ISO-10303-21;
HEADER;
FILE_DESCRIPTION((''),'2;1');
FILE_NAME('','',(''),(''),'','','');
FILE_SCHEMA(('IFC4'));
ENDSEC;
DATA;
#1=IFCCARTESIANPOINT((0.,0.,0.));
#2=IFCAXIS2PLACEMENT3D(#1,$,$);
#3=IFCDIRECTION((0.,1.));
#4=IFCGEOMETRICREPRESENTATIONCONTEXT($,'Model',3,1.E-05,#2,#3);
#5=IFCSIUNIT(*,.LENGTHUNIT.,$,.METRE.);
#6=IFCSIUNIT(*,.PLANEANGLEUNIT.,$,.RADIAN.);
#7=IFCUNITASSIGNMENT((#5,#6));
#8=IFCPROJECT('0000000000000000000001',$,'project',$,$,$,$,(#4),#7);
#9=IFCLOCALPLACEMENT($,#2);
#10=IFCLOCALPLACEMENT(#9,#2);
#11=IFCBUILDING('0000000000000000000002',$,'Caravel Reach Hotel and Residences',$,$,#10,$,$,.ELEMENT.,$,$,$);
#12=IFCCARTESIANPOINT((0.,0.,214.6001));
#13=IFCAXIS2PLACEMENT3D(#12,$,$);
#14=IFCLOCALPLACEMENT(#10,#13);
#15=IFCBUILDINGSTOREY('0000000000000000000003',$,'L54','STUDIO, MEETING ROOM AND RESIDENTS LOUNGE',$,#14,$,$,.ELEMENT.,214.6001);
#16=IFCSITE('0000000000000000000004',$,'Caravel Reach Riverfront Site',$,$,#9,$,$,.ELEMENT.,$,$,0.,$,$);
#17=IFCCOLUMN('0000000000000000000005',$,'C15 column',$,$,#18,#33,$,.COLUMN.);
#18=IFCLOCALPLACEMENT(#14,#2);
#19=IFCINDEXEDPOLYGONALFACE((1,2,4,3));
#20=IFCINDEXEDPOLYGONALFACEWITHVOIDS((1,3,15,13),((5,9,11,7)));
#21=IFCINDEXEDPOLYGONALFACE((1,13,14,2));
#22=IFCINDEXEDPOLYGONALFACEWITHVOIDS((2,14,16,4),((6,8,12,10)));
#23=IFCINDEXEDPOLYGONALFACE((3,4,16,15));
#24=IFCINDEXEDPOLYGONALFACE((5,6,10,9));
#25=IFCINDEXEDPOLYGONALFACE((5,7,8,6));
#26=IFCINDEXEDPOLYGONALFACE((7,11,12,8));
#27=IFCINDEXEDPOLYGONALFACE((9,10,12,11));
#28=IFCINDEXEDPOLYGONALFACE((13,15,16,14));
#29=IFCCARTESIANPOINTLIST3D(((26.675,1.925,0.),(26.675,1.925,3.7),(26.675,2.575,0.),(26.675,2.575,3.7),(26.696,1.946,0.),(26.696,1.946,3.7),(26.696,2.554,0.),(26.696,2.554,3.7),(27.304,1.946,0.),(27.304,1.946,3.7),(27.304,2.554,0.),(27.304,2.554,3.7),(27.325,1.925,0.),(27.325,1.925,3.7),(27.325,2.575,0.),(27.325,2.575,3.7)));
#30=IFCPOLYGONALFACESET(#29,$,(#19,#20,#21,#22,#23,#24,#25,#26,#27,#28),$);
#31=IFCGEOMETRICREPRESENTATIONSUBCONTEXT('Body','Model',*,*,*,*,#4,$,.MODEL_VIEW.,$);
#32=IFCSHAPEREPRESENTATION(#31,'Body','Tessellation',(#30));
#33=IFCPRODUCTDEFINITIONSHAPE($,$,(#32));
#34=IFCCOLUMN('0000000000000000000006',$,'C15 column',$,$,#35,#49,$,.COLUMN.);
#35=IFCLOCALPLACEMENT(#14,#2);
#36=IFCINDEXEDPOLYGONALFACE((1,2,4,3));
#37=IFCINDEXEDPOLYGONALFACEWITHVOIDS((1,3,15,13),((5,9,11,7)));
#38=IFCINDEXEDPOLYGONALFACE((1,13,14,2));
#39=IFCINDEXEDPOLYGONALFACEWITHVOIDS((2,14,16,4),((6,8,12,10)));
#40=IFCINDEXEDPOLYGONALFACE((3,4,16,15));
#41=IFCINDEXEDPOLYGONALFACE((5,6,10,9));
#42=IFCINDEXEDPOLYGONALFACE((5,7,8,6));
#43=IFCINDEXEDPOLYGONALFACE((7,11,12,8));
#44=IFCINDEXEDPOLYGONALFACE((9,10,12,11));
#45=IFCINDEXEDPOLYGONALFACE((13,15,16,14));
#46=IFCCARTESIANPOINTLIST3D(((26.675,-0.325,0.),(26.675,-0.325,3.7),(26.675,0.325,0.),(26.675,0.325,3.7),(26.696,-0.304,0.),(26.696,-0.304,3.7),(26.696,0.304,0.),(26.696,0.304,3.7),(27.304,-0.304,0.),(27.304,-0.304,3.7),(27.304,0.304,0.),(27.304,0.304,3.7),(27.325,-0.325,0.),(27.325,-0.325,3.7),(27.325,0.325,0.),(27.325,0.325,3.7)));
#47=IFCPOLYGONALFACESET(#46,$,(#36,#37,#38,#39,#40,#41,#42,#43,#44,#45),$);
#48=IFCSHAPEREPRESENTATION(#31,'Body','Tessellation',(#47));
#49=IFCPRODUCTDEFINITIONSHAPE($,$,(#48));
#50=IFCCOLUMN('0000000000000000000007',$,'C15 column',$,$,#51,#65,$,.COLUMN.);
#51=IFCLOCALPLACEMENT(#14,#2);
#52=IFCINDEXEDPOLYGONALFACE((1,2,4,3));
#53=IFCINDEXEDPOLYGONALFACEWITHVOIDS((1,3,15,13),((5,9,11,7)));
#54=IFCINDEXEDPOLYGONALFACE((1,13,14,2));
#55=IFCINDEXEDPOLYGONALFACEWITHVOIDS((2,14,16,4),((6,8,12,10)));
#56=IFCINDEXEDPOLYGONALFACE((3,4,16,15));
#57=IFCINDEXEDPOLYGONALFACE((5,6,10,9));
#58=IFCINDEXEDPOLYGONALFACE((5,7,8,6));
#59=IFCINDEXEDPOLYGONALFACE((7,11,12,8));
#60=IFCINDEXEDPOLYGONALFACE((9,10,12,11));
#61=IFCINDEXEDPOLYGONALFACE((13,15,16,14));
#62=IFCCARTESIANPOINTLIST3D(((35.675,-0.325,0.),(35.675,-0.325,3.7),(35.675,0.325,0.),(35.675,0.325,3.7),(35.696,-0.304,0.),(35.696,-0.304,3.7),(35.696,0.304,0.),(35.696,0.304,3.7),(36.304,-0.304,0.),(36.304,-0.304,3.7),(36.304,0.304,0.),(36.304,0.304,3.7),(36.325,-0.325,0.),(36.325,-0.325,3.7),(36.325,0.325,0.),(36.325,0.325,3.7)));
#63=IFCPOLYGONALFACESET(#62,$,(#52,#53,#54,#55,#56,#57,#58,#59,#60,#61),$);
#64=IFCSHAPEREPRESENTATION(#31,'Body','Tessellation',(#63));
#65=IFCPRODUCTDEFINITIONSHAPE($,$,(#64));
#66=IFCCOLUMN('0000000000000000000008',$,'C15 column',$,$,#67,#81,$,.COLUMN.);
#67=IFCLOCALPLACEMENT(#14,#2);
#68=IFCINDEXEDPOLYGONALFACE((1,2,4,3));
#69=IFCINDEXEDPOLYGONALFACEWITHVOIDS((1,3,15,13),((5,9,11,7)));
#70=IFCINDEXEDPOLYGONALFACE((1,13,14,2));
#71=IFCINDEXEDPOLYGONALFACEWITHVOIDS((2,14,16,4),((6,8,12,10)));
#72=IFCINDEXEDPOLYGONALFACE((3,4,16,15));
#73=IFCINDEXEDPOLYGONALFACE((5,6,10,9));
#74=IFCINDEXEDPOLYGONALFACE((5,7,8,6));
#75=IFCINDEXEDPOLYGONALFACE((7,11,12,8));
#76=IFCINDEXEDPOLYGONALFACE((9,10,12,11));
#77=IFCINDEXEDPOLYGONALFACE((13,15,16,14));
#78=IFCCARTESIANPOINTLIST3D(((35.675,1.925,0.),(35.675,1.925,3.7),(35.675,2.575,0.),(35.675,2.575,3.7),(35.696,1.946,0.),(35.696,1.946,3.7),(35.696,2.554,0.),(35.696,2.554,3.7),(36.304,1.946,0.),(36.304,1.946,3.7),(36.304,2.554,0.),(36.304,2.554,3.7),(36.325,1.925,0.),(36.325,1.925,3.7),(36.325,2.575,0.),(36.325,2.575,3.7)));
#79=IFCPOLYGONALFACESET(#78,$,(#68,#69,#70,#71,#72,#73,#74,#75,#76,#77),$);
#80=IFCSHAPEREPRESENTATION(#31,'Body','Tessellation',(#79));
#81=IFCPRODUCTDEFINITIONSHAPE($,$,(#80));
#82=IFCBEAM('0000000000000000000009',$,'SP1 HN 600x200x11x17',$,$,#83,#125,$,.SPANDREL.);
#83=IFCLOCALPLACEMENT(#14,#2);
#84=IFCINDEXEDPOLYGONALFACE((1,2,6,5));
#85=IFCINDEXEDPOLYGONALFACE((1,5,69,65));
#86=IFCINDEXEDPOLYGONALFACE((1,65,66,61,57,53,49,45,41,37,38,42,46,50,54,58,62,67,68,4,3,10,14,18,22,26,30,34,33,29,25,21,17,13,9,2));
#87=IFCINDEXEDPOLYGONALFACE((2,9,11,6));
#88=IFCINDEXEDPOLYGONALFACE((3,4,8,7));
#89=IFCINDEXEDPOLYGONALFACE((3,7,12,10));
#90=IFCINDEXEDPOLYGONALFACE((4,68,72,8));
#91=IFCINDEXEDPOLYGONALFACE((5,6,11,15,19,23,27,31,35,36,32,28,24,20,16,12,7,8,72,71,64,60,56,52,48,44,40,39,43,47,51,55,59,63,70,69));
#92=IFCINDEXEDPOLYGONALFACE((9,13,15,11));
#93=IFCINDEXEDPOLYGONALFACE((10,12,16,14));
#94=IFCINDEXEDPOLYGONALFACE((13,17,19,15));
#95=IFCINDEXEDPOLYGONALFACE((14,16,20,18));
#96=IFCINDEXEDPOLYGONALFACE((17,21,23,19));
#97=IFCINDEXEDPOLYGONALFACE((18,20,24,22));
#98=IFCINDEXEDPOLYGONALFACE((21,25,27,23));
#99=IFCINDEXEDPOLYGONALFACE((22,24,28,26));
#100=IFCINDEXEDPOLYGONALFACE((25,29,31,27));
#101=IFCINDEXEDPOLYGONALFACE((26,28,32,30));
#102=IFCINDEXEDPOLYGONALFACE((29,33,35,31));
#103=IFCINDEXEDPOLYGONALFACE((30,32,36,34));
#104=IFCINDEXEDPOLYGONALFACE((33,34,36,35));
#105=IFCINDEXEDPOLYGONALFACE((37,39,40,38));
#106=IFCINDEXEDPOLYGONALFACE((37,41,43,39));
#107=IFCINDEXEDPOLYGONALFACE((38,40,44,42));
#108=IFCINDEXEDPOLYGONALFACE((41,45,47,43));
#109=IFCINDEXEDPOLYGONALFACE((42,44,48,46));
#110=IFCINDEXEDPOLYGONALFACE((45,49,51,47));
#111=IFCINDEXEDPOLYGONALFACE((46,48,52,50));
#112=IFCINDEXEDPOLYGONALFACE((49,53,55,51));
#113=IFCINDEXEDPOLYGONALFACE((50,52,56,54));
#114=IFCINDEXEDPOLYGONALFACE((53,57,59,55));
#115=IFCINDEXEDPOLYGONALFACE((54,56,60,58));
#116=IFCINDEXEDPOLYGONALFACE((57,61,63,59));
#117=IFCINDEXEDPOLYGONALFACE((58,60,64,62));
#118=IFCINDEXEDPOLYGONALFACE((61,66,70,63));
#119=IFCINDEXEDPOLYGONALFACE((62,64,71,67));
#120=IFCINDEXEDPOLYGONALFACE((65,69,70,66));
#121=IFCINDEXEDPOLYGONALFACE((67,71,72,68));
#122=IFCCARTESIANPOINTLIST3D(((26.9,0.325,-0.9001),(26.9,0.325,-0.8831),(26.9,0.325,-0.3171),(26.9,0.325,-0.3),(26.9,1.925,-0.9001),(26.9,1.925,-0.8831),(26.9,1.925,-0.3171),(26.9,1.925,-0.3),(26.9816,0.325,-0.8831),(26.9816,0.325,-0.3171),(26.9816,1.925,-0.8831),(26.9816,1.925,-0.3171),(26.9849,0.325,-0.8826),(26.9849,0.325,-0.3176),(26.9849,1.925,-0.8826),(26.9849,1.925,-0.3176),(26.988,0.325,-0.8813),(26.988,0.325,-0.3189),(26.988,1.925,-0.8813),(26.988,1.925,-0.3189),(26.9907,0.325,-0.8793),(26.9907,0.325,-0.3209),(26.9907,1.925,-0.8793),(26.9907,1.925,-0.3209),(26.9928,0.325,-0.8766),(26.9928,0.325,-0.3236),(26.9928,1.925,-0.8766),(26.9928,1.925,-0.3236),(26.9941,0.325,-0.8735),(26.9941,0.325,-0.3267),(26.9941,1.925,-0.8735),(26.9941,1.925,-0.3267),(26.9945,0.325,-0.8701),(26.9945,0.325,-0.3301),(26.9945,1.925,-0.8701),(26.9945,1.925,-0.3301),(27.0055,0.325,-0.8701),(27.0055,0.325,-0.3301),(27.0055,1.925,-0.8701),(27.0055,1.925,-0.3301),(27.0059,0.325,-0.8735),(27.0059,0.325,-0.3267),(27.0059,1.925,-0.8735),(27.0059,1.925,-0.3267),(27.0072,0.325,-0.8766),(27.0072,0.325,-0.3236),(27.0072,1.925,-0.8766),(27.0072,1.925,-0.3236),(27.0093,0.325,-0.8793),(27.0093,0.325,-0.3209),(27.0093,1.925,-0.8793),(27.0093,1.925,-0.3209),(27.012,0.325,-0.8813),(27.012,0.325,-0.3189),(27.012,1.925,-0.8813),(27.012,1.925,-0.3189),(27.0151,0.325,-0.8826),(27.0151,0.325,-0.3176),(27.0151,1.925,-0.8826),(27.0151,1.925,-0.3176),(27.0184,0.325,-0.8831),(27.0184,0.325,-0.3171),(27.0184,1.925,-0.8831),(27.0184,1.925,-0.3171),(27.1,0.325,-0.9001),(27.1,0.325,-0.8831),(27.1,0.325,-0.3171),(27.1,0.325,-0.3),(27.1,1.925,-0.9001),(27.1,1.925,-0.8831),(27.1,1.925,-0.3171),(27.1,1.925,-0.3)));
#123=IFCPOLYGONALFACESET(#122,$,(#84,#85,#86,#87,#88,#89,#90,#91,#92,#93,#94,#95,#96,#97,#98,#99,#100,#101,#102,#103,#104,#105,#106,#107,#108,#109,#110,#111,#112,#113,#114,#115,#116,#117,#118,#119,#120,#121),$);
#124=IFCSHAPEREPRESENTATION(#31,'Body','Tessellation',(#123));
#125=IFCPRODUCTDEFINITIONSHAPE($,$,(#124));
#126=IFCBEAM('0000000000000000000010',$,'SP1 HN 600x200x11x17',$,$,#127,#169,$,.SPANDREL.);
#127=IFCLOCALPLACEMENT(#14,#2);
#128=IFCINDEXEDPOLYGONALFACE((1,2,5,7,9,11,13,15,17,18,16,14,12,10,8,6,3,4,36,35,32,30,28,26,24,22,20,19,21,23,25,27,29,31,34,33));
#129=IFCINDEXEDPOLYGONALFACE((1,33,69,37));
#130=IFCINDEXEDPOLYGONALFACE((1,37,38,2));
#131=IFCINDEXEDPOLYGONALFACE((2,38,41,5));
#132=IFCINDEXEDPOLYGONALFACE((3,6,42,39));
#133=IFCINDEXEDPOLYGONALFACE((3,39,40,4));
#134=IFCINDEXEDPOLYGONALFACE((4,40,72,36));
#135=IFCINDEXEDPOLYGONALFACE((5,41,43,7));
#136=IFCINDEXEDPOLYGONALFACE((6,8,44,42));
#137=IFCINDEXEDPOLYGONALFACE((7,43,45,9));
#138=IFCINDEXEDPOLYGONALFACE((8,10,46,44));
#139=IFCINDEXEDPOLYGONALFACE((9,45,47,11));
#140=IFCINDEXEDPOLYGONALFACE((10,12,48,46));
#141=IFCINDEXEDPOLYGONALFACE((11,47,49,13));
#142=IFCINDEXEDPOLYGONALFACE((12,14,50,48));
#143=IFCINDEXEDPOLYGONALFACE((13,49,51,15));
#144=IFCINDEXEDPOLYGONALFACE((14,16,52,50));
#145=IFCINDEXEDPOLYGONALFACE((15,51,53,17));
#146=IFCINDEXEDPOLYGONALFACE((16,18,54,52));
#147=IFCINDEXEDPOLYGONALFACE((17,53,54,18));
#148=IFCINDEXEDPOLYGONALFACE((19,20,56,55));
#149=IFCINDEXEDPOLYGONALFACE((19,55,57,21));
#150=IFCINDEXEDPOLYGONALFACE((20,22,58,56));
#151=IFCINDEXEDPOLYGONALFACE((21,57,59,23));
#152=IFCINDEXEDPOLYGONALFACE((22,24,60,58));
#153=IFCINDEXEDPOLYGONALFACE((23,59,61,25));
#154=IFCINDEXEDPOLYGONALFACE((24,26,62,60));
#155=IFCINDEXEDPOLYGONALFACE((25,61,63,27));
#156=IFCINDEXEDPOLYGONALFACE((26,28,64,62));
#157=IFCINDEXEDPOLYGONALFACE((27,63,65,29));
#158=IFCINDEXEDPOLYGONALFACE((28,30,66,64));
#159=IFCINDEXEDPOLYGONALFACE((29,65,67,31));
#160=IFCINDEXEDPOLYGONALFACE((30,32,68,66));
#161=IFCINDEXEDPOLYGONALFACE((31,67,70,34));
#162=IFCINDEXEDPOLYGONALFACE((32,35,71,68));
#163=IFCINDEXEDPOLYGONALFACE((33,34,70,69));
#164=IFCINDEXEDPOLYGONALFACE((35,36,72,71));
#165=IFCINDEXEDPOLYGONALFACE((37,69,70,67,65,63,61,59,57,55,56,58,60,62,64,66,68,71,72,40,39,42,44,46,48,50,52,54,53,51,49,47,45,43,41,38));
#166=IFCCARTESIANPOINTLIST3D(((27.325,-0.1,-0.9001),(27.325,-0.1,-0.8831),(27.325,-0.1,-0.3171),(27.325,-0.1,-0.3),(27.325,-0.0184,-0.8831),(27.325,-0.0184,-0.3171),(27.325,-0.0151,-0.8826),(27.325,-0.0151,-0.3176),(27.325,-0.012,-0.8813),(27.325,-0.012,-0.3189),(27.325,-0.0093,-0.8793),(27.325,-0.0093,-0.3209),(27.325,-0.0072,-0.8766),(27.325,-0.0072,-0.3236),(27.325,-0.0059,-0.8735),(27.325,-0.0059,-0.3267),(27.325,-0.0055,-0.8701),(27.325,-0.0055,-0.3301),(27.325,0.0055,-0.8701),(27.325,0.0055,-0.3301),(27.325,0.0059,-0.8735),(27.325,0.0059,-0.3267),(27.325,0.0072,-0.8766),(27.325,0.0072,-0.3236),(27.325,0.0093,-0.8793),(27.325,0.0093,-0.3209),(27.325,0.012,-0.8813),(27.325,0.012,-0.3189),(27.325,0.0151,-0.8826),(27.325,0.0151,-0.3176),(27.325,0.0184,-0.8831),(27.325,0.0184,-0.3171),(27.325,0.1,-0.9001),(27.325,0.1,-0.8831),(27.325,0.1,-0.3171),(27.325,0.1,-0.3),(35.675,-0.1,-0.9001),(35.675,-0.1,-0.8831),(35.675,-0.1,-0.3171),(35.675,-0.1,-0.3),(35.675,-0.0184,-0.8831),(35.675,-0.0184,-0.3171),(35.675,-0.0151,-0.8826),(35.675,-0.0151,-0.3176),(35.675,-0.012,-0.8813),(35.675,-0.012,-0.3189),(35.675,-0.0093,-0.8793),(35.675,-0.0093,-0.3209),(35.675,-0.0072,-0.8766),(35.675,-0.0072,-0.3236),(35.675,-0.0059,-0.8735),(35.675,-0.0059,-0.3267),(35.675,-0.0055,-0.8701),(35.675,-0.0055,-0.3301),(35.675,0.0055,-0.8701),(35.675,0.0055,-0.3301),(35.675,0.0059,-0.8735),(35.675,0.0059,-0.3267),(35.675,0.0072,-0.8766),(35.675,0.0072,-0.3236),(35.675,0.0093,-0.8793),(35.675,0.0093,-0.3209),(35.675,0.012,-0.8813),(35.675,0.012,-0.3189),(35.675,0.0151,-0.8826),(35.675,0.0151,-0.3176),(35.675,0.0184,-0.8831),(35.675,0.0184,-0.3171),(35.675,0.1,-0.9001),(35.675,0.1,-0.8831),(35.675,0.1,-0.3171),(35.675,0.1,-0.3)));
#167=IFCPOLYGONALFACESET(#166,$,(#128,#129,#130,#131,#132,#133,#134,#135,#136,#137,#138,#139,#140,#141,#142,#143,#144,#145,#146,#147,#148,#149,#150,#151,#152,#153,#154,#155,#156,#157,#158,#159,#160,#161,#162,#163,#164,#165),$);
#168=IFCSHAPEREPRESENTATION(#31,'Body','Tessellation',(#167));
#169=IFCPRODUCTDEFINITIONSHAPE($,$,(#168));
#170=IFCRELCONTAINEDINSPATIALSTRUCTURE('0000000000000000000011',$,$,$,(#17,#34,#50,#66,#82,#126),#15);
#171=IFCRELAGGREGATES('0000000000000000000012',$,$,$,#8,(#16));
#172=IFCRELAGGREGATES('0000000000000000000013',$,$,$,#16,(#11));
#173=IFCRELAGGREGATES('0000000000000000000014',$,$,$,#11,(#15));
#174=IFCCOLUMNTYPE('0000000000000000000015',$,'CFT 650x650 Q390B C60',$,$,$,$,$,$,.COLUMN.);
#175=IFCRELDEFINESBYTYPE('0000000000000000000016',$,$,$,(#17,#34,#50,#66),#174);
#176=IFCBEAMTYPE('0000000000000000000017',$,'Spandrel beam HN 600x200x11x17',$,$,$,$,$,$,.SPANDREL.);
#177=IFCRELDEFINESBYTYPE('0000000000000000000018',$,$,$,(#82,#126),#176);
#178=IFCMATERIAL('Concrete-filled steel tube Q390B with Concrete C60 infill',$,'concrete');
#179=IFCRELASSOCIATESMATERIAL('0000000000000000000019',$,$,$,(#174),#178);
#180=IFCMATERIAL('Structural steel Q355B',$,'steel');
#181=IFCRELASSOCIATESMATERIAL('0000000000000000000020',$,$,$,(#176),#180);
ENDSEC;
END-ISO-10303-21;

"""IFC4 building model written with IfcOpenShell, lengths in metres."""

from ifc_helpers import new_model, si_unit, direction, frame, origin, origin_2d, place, context, subcontext, project, spatial, hollow_rectangle, i_section, extrude, material, material_profile, profile_set, type_object, element, save


model = new_model("IFC4")

# Units and contexts
model_context = context("Model", 3, precision=1e-05, world=origin(), true_north=direction((0.0, 1.0)))
body_context = subcontext(model_context, "Body", "Model", "MODEL_VIEW")
ifc_project = project(units=[si_unit("LENGTHUNIT", "METRE"), si_unit("PLANEANGLEUNIT", "RADIAN")], contexts=[model_context])

# Site, building, storey
site_placement = place(None, origin())
site = spatial("IfcSite", under=ifc_project, at=site_placement, Name="Caravel Reach Riverfront Site", CompositionType="ELEMENT", RefElevation=0.0)
building_placement = place(site_placement, origin())
building = spatial("IfcBuilding", under=site, at=building_placement, Name="Caravel Reach Hotel and Residences", CompositionType="ELEMENT")
storey_placement = place(building_placement, frame((0.0, 0.0, 214.6001)))
storey = spatial("IfcBuildingStorey", under=building, at=storey_placement, Name="L54", Description="STUDIO, MEETING ROOM AND RESIDENTS LOUNGE", CompositionType="ELEMENT", Elevation=214.6001)

# Columns
ifc_material_1 = material(Name="Concrete-filled steel tube Q390B with Concrete C60 infill", Category="concrete")
ifc_material_profile_1 = material_profile(ifc_material_1, hollow_rectangle(XDim=0.6499, YDim=0.6499, WallThickness=0.021, at=origin_2d()), Name="RHS 650x650x21")
ifc_profile_set_1 = profile_set([ifc_material_profile_1], Name="Concrete-filled steel tube Q390B with Concrete C60 infill")
column_type = type_object("IfcColumnType", Name="CFT 650x650 Q390B C60", PredefinedType="COLUMN", material=ifc_profile_set_1)
for number, where, z_axis, x_axis, name in (
    (1, (27.0, 2.25, 0.0), (0.0, 0.0, 1.0), (1.0, 0.0, 0.0), "C15 column"),
    (2, (27.0, 0.0, 0.0), (0.0, 0.0, 1.0), (1.0, 0.0, 0.0), "C15 column"),
    (3, (36.0, 0.0, 0.0), (0.0, 0.0, 1.0), (1.0, 0.0, 0.0), "C15 column"),
    (4, (36.0, 2.25, 0.0), (0.0, 0.0, 1.0), (1.0, 0.0, 0.0), "C15 column"),
):
    element("IfcColumn", number, at=place(storey_placement, frame(where, z_axis=z_axis, x_axis=x_axis)), inside=storey, type_object=column_type, Name=name, PredefinedType="COLUMN", context=body_context, shape_type="SweptSolid", body=[
        extrude(hollow_rectangle(XDim=0.6499, YDim=0.6499, WallThickness=0.021, at=origin_2d()), origin(), (0.0, 0.0, 1.0), 3.7),
    ])

# Beams
ifc_material_2 = material(Name="Structural steel Q355B", Category="steel")
ifc_material_profile_2 = material_profile(ifc_material_2, i_section(OverallWidth=0.2, OverallDepth=0.6001, WebThickness=0.011, FlangeThickness=0.0171, FilletRadius=0.0129, at=origin_2d()), Name="HN 600x200x11x17")
ifc_profile_set_2 = profile_set([ifc_material_profile_2], Name="Structural steel Q355B")
beam_type = type_object("IfcBeamType", Name="Spandrel beam HN 600x200x11x17", PredefinedType="SPANDREL", material=ifc_profile_set_2)
beam_1_placement = place(storey_placement, frame((27.0, 1.925, -0.6001), z_axis=(0.0, -1.0, 0.0), x_axis=(1.0, 0.0, 0.0)))
element("IfcBeam", 5, at=beam_1_placement, inside=storey, type_object=beam_type, Name="SP1 HN 600x200x11x17", PredefinedType="SPANDREL", context=body_context, shape_type="SweptSolid", body=[
    extrude(i_section(OverallWidth=0.2, OverallDepth=0.6001, WebThickness=0.011, FlangeThickness=0.0171, FilletRadius=0.0129, at=origin_2d()), origin(), (0.0, 0.0, 1.0), 1.6001),
])
beam_2_placement = place(storey_placement, frame((27.325, 0.0, -0.6001), z_axis=(1.0, 0.0, 0.0), x_axis=(0.0, 1.0, 0.0)))
element("IfcBeam", 6, at=beam_2_placement, inside=storey, type_object=beam_type, Name="SP1 HN 600x200x11x17", PredefinedType="SPANDREL", context=body_context, shape_type="SweptSolid", body=[
    extrude(i_section(OverallWidth=0.2, OverallDepth=0.6001, WebThickness=0.011, FlangeThickness=0.0171, FilletRadius=0.0129, at=origin_2d()), origin(), (0.0, 0.0, 1.0), 8.3501),
])

save(model, "model.ifc")
